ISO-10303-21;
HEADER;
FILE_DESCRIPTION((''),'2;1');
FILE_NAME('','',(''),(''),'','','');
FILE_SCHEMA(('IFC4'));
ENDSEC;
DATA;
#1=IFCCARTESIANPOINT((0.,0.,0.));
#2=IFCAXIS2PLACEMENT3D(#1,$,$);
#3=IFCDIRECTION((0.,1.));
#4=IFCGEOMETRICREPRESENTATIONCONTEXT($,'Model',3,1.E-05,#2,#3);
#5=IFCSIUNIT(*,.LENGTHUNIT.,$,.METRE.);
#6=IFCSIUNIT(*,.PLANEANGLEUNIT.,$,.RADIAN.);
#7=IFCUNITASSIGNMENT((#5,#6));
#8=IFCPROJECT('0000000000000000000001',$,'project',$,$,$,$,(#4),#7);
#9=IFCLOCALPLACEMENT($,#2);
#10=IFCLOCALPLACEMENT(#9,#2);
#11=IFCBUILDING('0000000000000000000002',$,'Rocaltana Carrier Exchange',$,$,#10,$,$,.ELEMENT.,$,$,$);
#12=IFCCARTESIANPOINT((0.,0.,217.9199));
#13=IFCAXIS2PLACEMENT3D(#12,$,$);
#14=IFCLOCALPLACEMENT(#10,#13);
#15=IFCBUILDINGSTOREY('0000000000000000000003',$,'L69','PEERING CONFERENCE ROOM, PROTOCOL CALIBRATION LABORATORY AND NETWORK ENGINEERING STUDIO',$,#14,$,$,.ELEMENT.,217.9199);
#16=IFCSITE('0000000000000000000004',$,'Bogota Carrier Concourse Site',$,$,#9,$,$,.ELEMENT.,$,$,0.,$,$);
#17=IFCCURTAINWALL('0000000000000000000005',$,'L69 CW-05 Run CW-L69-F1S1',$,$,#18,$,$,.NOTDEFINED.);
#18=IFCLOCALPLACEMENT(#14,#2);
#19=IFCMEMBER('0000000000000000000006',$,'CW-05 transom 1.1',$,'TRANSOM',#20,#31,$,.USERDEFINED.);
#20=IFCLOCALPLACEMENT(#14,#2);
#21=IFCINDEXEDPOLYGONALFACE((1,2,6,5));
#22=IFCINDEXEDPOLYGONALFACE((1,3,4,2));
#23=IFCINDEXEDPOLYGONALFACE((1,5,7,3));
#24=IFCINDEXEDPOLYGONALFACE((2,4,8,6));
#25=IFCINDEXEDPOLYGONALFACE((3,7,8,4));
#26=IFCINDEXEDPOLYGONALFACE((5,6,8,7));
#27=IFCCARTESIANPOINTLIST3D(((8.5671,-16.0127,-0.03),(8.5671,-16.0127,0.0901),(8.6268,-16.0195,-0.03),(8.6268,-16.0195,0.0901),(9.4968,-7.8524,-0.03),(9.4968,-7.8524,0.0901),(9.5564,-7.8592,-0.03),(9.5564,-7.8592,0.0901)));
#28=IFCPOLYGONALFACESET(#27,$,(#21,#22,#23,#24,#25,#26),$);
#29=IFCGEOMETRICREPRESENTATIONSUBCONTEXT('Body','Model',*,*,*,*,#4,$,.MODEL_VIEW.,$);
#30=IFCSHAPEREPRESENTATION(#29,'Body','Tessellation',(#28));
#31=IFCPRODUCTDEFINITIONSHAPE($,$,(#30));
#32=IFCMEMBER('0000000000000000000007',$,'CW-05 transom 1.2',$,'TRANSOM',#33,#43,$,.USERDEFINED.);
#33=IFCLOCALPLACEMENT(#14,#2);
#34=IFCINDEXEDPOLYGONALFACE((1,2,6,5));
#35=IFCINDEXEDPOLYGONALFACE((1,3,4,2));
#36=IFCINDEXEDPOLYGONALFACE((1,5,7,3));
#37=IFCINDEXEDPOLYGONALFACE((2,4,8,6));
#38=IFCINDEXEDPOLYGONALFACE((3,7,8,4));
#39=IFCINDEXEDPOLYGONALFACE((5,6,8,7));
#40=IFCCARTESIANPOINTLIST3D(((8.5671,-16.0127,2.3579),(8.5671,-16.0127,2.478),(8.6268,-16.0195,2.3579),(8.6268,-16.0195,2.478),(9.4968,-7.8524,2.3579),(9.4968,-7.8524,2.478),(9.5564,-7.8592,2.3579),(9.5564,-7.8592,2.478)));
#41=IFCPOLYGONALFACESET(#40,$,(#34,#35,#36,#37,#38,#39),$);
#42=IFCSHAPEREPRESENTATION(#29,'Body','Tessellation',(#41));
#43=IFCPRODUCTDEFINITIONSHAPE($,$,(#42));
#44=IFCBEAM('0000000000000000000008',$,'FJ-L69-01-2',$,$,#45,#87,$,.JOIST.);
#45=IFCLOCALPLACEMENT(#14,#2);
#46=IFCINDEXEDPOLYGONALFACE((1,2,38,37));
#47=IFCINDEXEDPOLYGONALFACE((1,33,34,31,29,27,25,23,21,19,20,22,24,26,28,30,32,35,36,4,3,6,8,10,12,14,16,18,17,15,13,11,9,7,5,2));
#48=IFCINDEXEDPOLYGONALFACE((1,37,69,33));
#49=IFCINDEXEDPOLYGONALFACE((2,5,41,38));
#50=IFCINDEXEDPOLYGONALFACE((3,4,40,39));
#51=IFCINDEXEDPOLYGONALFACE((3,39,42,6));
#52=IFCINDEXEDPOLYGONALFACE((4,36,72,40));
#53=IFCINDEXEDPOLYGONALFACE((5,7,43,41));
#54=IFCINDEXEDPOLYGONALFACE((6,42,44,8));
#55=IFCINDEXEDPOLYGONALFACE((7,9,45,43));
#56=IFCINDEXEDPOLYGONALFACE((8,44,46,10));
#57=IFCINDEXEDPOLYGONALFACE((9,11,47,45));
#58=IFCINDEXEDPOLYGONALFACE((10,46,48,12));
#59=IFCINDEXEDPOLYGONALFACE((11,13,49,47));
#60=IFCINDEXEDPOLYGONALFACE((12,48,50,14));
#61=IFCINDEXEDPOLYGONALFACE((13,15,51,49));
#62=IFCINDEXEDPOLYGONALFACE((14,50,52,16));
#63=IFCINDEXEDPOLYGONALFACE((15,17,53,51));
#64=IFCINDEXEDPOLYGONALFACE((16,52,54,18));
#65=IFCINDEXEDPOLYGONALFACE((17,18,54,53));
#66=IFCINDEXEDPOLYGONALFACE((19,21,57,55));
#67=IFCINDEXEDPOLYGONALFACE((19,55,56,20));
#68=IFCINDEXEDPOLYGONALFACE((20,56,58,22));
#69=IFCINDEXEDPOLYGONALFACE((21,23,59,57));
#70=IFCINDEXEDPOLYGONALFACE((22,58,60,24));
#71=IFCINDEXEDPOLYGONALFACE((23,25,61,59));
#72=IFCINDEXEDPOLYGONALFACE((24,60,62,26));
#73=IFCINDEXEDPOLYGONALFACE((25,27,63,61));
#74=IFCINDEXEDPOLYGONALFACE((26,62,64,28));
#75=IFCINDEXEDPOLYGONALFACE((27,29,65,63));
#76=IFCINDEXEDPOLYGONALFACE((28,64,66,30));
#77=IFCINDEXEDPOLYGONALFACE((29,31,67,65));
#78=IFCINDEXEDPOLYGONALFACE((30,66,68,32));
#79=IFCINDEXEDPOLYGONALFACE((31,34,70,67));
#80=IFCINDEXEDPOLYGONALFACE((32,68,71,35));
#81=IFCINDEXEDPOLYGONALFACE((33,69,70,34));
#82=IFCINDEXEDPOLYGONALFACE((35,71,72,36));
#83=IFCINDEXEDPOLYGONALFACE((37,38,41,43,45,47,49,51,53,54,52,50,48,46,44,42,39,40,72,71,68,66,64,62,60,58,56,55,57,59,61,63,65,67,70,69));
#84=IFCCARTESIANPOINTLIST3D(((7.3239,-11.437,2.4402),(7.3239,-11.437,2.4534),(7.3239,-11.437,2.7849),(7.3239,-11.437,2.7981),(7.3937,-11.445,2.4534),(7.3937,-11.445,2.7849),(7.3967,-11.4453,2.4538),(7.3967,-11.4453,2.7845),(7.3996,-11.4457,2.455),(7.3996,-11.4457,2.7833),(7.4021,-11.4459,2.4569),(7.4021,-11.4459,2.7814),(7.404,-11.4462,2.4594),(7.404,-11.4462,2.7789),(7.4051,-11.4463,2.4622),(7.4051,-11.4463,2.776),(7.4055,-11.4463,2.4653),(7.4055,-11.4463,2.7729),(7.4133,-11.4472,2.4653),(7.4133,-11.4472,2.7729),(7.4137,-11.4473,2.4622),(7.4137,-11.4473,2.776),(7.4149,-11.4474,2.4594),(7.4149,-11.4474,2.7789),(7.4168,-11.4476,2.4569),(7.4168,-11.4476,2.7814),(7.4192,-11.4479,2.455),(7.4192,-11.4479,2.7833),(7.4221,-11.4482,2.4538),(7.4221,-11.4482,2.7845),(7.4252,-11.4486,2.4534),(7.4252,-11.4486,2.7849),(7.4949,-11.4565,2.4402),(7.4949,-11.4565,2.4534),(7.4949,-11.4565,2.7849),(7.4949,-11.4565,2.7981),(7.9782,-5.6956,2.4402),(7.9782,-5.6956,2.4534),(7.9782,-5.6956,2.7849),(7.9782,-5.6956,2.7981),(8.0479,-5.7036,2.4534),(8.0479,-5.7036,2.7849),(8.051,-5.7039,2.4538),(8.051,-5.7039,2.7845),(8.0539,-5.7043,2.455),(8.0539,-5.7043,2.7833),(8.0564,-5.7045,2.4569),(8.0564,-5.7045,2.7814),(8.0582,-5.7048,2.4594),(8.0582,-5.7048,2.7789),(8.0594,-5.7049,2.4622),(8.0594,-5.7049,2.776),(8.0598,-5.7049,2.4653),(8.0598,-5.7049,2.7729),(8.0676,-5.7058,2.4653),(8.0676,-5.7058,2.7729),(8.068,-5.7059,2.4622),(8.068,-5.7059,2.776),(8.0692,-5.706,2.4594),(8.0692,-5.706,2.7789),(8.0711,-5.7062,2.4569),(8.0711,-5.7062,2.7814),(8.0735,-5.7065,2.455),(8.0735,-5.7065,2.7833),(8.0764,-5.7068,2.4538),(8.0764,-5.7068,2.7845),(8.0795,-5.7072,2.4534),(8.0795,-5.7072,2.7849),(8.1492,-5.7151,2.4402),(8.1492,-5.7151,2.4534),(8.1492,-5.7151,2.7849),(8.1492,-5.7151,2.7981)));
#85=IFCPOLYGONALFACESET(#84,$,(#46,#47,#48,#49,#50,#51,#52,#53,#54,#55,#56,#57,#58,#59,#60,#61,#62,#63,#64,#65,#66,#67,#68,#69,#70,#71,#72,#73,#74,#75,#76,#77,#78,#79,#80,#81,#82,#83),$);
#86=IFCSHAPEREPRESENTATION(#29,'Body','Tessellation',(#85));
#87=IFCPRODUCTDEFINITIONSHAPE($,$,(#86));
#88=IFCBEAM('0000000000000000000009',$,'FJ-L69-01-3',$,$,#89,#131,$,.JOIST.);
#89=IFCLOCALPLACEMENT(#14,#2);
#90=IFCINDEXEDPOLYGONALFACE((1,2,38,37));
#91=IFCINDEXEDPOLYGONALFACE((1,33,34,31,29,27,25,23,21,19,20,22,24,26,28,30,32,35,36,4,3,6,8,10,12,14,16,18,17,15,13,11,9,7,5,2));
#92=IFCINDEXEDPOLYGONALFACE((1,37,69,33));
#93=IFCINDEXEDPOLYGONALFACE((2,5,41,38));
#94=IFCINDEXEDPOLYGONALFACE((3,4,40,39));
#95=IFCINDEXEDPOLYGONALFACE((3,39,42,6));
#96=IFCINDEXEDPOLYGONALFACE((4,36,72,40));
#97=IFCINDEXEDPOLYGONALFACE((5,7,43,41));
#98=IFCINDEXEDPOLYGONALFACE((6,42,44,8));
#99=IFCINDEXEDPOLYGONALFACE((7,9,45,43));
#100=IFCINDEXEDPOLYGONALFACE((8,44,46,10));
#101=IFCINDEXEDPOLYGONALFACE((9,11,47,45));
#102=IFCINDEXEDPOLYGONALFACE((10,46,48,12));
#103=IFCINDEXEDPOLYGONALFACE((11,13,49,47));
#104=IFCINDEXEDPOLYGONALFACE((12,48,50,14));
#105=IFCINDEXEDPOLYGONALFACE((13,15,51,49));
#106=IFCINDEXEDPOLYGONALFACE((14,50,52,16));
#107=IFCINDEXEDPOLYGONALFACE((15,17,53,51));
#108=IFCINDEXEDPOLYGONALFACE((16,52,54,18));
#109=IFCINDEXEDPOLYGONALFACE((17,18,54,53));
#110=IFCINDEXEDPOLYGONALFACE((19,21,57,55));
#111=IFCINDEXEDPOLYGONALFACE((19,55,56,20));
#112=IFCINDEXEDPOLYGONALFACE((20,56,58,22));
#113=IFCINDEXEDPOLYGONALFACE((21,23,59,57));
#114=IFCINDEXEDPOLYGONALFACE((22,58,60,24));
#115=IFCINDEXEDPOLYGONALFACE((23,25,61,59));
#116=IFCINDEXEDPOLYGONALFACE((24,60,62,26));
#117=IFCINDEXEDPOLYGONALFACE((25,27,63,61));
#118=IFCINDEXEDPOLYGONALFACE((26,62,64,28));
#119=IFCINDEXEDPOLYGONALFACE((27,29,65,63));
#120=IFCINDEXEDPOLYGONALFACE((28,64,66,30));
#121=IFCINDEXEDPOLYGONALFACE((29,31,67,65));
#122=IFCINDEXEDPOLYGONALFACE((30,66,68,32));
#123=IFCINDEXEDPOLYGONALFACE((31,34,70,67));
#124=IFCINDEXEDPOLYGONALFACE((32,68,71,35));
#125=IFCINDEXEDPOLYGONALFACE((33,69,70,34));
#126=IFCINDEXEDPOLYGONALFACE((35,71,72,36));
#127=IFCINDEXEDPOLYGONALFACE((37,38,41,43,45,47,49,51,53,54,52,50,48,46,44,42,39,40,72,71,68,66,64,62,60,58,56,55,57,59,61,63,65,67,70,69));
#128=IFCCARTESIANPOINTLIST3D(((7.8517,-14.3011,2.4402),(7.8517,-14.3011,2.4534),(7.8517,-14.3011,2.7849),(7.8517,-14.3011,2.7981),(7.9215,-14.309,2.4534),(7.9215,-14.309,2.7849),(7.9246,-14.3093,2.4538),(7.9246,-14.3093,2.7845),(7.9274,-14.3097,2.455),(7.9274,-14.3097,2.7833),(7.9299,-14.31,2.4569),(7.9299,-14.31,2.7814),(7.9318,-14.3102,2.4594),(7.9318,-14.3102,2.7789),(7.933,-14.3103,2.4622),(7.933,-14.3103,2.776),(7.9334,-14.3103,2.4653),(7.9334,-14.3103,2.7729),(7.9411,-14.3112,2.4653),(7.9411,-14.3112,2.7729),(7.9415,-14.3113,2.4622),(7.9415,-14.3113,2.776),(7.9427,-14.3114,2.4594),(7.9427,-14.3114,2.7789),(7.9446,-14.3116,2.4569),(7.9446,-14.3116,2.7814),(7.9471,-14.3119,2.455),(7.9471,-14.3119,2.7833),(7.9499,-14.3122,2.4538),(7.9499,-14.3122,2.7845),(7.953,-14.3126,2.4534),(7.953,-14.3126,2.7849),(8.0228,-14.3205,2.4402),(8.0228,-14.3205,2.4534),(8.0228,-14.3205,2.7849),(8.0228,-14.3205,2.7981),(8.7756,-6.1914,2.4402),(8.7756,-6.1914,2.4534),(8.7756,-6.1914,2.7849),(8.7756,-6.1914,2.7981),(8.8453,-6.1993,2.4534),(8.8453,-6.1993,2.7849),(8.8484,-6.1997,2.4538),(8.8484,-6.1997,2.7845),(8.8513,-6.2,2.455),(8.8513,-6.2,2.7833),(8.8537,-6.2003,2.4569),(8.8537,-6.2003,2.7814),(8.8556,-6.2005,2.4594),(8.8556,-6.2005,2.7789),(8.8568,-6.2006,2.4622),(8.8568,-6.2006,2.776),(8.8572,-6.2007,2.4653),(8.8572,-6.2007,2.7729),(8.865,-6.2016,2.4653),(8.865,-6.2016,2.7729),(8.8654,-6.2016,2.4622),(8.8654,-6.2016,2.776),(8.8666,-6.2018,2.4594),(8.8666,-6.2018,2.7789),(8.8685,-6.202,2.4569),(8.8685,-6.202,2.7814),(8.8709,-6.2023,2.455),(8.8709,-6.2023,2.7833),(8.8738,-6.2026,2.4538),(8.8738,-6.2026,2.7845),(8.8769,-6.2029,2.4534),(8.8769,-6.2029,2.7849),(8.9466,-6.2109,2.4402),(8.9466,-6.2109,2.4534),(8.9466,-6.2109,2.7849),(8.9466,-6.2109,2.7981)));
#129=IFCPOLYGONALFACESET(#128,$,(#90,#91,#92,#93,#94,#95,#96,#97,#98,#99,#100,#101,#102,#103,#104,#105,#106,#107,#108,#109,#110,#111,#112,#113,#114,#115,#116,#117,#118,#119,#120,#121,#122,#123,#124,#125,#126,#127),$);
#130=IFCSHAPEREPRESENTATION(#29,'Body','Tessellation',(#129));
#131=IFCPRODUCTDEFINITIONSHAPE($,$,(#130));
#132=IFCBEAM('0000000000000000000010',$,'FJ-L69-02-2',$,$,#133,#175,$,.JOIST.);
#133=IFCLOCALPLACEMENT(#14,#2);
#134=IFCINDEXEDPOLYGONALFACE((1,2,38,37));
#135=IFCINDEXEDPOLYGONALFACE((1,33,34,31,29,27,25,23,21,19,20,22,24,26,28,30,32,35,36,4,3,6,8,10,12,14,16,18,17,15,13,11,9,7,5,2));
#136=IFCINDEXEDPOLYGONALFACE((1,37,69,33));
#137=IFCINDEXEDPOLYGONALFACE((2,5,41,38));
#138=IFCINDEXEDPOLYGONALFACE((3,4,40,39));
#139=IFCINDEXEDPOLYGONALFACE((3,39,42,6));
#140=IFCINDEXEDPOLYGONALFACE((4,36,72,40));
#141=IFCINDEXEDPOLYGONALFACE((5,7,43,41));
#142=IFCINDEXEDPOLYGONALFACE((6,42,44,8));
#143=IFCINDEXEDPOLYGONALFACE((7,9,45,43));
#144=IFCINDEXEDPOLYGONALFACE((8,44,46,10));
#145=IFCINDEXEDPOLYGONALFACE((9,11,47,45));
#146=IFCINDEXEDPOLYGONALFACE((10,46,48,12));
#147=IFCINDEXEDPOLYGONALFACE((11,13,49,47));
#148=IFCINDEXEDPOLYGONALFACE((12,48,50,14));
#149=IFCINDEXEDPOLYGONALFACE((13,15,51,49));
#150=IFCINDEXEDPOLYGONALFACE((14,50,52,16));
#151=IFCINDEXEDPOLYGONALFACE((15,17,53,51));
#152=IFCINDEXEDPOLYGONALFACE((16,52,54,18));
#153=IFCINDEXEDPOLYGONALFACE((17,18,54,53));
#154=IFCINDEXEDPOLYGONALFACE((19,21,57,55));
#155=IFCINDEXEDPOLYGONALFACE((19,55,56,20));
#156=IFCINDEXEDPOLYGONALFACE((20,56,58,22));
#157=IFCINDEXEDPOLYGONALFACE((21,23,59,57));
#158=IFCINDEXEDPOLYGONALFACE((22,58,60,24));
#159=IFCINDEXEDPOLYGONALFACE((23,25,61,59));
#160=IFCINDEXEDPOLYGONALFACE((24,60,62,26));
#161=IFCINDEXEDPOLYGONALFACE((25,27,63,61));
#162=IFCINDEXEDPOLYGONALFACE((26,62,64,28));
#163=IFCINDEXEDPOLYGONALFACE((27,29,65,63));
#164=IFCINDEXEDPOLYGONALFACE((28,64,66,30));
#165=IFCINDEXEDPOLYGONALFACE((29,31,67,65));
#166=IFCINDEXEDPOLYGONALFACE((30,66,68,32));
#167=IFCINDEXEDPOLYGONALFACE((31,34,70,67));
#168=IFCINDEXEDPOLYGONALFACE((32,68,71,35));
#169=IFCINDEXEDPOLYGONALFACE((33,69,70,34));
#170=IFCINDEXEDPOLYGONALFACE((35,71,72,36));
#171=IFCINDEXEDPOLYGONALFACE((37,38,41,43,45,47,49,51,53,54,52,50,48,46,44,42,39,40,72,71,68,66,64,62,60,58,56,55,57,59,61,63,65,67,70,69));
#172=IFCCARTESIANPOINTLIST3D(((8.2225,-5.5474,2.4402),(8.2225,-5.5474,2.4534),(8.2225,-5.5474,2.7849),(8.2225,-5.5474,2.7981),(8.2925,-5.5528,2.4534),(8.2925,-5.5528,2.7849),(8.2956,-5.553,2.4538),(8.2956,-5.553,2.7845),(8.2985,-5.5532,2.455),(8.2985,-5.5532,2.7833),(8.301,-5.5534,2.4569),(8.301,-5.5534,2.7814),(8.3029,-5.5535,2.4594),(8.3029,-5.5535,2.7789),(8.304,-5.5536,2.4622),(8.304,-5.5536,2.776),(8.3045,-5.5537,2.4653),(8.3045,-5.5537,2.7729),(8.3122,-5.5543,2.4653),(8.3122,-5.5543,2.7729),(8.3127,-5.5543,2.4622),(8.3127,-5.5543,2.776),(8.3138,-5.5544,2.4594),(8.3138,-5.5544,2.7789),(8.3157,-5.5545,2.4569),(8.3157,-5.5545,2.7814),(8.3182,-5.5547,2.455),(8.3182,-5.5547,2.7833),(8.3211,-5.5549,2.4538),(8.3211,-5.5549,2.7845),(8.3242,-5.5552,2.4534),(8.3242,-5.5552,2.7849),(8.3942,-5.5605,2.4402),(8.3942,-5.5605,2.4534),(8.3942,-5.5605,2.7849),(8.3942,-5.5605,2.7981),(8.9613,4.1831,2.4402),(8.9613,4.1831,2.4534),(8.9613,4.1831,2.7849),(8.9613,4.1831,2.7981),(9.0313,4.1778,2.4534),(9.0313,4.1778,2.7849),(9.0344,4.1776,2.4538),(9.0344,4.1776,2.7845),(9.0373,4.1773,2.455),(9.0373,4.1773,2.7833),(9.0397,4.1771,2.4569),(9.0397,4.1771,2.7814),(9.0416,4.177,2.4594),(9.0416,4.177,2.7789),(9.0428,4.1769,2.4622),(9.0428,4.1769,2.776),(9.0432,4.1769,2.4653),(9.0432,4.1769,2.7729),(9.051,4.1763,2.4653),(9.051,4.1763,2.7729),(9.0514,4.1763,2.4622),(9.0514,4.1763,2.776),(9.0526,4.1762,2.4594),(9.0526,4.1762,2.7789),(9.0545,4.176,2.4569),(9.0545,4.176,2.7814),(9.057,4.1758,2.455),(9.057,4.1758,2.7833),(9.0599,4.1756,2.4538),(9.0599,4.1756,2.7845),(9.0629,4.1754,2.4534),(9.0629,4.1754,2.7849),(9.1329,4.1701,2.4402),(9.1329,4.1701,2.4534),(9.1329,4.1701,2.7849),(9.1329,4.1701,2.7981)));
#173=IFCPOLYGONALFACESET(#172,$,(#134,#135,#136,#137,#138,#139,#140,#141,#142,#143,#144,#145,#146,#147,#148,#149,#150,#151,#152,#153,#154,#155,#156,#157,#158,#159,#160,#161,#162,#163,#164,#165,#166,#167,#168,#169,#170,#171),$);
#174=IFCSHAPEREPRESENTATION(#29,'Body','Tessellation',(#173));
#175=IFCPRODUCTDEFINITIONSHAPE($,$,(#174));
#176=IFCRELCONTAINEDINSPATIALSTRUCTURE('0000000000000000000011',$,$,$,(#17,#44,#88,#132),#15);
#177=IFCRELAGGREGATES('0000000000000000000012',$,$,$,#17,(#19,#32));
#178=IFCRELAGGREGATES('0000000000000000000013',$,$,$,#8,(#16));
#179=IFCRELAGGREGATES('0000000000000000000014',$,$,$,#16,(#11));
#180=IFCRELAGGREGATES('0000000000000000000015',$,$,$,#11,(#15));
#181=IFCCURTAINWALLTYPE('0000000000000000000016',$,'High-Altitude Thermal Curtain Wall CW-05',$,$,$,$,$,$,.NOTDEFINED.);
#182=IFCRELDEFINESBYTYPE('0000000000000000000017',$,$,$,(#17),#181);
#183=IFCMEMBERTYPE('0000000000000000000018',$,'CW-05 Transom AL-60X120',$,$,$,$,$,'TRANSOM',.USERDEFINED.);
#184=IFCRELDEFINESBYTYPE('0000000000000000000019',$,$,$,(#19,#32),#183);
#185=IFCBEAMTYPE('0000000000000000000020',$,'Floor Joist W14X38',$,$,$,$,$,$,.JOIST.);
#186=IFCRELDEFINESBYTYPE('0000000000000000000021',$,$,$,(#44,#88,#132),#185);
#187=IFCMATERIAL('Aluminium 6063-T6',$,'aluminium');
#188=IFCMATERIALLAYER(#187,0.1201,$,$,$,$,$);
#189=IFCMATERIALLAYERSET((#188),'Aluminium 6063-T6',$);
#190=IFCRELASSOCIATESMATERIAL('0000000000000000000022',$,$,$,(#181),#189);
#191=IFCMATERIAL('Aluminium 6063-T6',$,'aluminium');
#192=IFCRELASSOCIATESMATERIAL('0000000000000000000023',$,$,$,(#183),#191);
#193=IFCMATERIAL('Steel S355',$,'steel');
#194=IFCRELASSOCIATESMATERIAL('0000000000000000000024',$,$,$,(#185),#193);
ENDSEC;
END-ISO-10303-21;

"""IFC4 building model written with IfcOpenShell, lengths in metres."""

from ifc_helpers import new_model, si_unit, direction, frame, origin, origin_2d, place, context, subcontext, project, spatial, rectangle, i_section, extrude, material, layer, layer_set, material_profile, profile_set, type_object, element, aggregate, save


model = new_model("IFC4")

# Units and contexts
model_context = context("Model", 3, precision=1e-05, world=origin(), true_north=direction((0.0, 1.0)))
body_context = subcontext(model_context, "Body", "Model", "MODEL_VIEW")
ifc_project = project(units=[si_unit("LENGTHUNIT", "METRE"), si_unit("PLANEANGLEUNIT", "RADIAN")], contexts=[model_context])

# Site, building, storey
site_placement = place(None, origin())
site = spatial("IfcSite", under=ifc_project, at=site_placement, Name="Bogota Carrier Concourse Site", CompositionType="ELEMENT", RefElevation=0.0)
building_placement = place(site_placement, origin())
building = spatial("IfcBuilding", under=site, at=building_placement, Name="Rocaltana Carrier Exchange", CompositionType="ELEMENT")
storey_placement = place(building_placement, frame((0.0, 0.0, 217.9199)))
storey = spatial("IfcBuildingStorey", under=building, at=storey_placement, Name="L69", Description="PEERING CONFERENCE ROOM, PROTOCOL CALIBRATION LABORATORY AND NETWORK ENGINEERING STUDIO", CompositionType="ELEMENT", Elevation=217.9199)

# Curtain wall
ifc_material_1 = material(Name="Aluminium 6063-T6", Category="aluminium")
ifc_layer_1 = layer(ifc_material_1, 0.1201)
ifc_layer_set_1 = layer_set([ifc_layer_1], Name="Aluminium 6063-T6")
curtain_wall_type = type_object("IfcCurtainWallType", Name="High-Altitude Thermal Curtain Wall CW-05", PredefinedType="NOTDEFINED", material=ifc_layer_set_1)
curtain_wall_1_placement = place(storey_placement, origin())
curtain_wall_1 = element("IfcCurtainWall", 1, at=curtain_wall_1_placement, inside=storey, type_object=curtain_wall_type, Name="L69 CW-05 Run CW-L69-F1S1", PredefinedType="NOTDEFINED")

# Members
ifc_material_2 = material(Name="Aluminium 6063-T6", Category="aluminium")
ifc_material_profile_1 = material_profile(ifc_material_2, rectangle(XDim=0.0601, YDim=0.1201, at=origin_2d()), Name="AL-60X120")
ifc_profile_set_1 = profile_set([ifc_material_profile_1], Name="Aluminium 6063-T6")
member_type_1 = type_object("IfcMemberType", Name="CW-05 Transom AL-60X120", ElementType="TRANSOM", PredefinedType="USERDEFINED", material=ifc_profile_set_1)
member_1_placement = place(storey_placement, frame((8.5969, -16.0161, 0.03), z_axis=(0.113194, 0.993573, 0.0), x_axis=(-0.993573, 0.113194, 0.0)))
member_1 = element("IfcMember", 2, at=member_1_placement, type_object=member_type_1, Name="CW-05 transom 1.1", ObjectType="TRANSOM", PredefinedType="USERDEFINED", context=body_context, shape_type="SweptSolid", body=[
    extrude(rectangle(XDim=0.0601, YDim=0.1201, at=origin_2d()), origin(), (0.0, 0.0, 1.0), 8.2131),
])
member_2_placement = place(storey_placement, frame((8.5969, -16.0161, 2.418), z_axis=(0.113194, 0.993573, 0.0), x_axis=(-0.993573, 0.113194, 0.0)))
member_2 = element("IfcMember", 3, at=member_2_placement, type_object=member_type_1, Name="CW-05 transom 1.2", ObjectType="TRANSOM", PredefinedType="USERDEFINED", context=body_context, shape_type="SweptSolid", body=[
    extrude(rectangle(XDim=0.0601, YDim=0.1201, at=origin_2d()), origin(), (0.0, 0.0, 1.0), 8.2131),
])

# Beams
ifc_material_3 = material(Name="Steel S355", Category="steel")
ifc_material_profile_2 = material_profile(ifc_material_3, i_section(OverallWidth=0.1721, OverallDepth=0.3579, WebThickness=0.0078, FlangeThickness=0.0132, FilletRadius=0.012, at=origin_2d()), Name="W14X38")
ifc_profile_set_2 = profile_set([ifc_material_profile_2], Name="Steel S355")
beam_type_1 = type_object("IfcBeamType", Name="Floor Joist W14X38", PredefinedType="JOIST", material=ifc_profile_set_2)
beam_1_placement = place(storey_placement, frame((7.4094, -11.4468, 2.6191), z_axis=(0.113227, 0.993569, 0.0), x_axis=(-0.993569, 0.113227, 0.0)))
element("IfcBeam", 4, at=beam_1_placement, inside=storey, type_object=beam_type_1, Name="FJ-L69-01-2", PredefinedType="JOIST", context=body_context, shape_type="SweptSolid", body=[
    extrude(i_section(OverallWidth=0.1721, OverallDepth=0.3579, WebThickness=0.0078, FlangeThickness=0.0132, FilletRadius=0.012, at=origin_2d()), origin(), (0.0, 0.0, 1.0), 5.7786),
])
beam_2_placement = place(storey_placement, frame((7.9373, -14.3108, 2.6191), z_axis=(0.113186, 0.993574, 0.0), x_axis=(-0.993574, 0.113186, 0.0)))
element("IfcBeam", 5, at=beam_2_placement, inside=storey, type_object=beam_type_1, Name="FJ-L69-01-3", PredefinedType="JOIST", context=body_context, shape_type="SweptSolid", body=[
    extrude(i_section(OverallWidth=0.1721, OverallDepth=0.3579, WebThickness=0.0078, FlangeThickness=0.0132, FilletRadius=0.012, at=origin_2d()), origin(), (0.0, 0.0, 1.0), 8.1621),
])
beam_3_placement = place(storey_placement, frame((8.3083, -5.554, 2.6191), z_axis=(0.075705, 0.99713, 0.0), x_axis=(-0.99713, 0.075705, 0.0)))
element("IfcBeam", 6, at=beam_3_placement, inside=storey, type_object=beam_type_1, Name="FJ-L69-02-2", PredefinedType="JOIST", context=body_context, shape_type="SweptSolid", body=[
    extrude(i_section(OverallWidth=0.1721, OverallDepth=0.3579, WebThickness=0.0078, FlangeThickness=0.0132, FilletRadius=0.012, at=origin_2d()), origin(), (0.0, 0.0, 1.0), 9.7585),
])

aggregate(curtain_wall_1, [member_1, member_2])

save(model, "model.ifc")
